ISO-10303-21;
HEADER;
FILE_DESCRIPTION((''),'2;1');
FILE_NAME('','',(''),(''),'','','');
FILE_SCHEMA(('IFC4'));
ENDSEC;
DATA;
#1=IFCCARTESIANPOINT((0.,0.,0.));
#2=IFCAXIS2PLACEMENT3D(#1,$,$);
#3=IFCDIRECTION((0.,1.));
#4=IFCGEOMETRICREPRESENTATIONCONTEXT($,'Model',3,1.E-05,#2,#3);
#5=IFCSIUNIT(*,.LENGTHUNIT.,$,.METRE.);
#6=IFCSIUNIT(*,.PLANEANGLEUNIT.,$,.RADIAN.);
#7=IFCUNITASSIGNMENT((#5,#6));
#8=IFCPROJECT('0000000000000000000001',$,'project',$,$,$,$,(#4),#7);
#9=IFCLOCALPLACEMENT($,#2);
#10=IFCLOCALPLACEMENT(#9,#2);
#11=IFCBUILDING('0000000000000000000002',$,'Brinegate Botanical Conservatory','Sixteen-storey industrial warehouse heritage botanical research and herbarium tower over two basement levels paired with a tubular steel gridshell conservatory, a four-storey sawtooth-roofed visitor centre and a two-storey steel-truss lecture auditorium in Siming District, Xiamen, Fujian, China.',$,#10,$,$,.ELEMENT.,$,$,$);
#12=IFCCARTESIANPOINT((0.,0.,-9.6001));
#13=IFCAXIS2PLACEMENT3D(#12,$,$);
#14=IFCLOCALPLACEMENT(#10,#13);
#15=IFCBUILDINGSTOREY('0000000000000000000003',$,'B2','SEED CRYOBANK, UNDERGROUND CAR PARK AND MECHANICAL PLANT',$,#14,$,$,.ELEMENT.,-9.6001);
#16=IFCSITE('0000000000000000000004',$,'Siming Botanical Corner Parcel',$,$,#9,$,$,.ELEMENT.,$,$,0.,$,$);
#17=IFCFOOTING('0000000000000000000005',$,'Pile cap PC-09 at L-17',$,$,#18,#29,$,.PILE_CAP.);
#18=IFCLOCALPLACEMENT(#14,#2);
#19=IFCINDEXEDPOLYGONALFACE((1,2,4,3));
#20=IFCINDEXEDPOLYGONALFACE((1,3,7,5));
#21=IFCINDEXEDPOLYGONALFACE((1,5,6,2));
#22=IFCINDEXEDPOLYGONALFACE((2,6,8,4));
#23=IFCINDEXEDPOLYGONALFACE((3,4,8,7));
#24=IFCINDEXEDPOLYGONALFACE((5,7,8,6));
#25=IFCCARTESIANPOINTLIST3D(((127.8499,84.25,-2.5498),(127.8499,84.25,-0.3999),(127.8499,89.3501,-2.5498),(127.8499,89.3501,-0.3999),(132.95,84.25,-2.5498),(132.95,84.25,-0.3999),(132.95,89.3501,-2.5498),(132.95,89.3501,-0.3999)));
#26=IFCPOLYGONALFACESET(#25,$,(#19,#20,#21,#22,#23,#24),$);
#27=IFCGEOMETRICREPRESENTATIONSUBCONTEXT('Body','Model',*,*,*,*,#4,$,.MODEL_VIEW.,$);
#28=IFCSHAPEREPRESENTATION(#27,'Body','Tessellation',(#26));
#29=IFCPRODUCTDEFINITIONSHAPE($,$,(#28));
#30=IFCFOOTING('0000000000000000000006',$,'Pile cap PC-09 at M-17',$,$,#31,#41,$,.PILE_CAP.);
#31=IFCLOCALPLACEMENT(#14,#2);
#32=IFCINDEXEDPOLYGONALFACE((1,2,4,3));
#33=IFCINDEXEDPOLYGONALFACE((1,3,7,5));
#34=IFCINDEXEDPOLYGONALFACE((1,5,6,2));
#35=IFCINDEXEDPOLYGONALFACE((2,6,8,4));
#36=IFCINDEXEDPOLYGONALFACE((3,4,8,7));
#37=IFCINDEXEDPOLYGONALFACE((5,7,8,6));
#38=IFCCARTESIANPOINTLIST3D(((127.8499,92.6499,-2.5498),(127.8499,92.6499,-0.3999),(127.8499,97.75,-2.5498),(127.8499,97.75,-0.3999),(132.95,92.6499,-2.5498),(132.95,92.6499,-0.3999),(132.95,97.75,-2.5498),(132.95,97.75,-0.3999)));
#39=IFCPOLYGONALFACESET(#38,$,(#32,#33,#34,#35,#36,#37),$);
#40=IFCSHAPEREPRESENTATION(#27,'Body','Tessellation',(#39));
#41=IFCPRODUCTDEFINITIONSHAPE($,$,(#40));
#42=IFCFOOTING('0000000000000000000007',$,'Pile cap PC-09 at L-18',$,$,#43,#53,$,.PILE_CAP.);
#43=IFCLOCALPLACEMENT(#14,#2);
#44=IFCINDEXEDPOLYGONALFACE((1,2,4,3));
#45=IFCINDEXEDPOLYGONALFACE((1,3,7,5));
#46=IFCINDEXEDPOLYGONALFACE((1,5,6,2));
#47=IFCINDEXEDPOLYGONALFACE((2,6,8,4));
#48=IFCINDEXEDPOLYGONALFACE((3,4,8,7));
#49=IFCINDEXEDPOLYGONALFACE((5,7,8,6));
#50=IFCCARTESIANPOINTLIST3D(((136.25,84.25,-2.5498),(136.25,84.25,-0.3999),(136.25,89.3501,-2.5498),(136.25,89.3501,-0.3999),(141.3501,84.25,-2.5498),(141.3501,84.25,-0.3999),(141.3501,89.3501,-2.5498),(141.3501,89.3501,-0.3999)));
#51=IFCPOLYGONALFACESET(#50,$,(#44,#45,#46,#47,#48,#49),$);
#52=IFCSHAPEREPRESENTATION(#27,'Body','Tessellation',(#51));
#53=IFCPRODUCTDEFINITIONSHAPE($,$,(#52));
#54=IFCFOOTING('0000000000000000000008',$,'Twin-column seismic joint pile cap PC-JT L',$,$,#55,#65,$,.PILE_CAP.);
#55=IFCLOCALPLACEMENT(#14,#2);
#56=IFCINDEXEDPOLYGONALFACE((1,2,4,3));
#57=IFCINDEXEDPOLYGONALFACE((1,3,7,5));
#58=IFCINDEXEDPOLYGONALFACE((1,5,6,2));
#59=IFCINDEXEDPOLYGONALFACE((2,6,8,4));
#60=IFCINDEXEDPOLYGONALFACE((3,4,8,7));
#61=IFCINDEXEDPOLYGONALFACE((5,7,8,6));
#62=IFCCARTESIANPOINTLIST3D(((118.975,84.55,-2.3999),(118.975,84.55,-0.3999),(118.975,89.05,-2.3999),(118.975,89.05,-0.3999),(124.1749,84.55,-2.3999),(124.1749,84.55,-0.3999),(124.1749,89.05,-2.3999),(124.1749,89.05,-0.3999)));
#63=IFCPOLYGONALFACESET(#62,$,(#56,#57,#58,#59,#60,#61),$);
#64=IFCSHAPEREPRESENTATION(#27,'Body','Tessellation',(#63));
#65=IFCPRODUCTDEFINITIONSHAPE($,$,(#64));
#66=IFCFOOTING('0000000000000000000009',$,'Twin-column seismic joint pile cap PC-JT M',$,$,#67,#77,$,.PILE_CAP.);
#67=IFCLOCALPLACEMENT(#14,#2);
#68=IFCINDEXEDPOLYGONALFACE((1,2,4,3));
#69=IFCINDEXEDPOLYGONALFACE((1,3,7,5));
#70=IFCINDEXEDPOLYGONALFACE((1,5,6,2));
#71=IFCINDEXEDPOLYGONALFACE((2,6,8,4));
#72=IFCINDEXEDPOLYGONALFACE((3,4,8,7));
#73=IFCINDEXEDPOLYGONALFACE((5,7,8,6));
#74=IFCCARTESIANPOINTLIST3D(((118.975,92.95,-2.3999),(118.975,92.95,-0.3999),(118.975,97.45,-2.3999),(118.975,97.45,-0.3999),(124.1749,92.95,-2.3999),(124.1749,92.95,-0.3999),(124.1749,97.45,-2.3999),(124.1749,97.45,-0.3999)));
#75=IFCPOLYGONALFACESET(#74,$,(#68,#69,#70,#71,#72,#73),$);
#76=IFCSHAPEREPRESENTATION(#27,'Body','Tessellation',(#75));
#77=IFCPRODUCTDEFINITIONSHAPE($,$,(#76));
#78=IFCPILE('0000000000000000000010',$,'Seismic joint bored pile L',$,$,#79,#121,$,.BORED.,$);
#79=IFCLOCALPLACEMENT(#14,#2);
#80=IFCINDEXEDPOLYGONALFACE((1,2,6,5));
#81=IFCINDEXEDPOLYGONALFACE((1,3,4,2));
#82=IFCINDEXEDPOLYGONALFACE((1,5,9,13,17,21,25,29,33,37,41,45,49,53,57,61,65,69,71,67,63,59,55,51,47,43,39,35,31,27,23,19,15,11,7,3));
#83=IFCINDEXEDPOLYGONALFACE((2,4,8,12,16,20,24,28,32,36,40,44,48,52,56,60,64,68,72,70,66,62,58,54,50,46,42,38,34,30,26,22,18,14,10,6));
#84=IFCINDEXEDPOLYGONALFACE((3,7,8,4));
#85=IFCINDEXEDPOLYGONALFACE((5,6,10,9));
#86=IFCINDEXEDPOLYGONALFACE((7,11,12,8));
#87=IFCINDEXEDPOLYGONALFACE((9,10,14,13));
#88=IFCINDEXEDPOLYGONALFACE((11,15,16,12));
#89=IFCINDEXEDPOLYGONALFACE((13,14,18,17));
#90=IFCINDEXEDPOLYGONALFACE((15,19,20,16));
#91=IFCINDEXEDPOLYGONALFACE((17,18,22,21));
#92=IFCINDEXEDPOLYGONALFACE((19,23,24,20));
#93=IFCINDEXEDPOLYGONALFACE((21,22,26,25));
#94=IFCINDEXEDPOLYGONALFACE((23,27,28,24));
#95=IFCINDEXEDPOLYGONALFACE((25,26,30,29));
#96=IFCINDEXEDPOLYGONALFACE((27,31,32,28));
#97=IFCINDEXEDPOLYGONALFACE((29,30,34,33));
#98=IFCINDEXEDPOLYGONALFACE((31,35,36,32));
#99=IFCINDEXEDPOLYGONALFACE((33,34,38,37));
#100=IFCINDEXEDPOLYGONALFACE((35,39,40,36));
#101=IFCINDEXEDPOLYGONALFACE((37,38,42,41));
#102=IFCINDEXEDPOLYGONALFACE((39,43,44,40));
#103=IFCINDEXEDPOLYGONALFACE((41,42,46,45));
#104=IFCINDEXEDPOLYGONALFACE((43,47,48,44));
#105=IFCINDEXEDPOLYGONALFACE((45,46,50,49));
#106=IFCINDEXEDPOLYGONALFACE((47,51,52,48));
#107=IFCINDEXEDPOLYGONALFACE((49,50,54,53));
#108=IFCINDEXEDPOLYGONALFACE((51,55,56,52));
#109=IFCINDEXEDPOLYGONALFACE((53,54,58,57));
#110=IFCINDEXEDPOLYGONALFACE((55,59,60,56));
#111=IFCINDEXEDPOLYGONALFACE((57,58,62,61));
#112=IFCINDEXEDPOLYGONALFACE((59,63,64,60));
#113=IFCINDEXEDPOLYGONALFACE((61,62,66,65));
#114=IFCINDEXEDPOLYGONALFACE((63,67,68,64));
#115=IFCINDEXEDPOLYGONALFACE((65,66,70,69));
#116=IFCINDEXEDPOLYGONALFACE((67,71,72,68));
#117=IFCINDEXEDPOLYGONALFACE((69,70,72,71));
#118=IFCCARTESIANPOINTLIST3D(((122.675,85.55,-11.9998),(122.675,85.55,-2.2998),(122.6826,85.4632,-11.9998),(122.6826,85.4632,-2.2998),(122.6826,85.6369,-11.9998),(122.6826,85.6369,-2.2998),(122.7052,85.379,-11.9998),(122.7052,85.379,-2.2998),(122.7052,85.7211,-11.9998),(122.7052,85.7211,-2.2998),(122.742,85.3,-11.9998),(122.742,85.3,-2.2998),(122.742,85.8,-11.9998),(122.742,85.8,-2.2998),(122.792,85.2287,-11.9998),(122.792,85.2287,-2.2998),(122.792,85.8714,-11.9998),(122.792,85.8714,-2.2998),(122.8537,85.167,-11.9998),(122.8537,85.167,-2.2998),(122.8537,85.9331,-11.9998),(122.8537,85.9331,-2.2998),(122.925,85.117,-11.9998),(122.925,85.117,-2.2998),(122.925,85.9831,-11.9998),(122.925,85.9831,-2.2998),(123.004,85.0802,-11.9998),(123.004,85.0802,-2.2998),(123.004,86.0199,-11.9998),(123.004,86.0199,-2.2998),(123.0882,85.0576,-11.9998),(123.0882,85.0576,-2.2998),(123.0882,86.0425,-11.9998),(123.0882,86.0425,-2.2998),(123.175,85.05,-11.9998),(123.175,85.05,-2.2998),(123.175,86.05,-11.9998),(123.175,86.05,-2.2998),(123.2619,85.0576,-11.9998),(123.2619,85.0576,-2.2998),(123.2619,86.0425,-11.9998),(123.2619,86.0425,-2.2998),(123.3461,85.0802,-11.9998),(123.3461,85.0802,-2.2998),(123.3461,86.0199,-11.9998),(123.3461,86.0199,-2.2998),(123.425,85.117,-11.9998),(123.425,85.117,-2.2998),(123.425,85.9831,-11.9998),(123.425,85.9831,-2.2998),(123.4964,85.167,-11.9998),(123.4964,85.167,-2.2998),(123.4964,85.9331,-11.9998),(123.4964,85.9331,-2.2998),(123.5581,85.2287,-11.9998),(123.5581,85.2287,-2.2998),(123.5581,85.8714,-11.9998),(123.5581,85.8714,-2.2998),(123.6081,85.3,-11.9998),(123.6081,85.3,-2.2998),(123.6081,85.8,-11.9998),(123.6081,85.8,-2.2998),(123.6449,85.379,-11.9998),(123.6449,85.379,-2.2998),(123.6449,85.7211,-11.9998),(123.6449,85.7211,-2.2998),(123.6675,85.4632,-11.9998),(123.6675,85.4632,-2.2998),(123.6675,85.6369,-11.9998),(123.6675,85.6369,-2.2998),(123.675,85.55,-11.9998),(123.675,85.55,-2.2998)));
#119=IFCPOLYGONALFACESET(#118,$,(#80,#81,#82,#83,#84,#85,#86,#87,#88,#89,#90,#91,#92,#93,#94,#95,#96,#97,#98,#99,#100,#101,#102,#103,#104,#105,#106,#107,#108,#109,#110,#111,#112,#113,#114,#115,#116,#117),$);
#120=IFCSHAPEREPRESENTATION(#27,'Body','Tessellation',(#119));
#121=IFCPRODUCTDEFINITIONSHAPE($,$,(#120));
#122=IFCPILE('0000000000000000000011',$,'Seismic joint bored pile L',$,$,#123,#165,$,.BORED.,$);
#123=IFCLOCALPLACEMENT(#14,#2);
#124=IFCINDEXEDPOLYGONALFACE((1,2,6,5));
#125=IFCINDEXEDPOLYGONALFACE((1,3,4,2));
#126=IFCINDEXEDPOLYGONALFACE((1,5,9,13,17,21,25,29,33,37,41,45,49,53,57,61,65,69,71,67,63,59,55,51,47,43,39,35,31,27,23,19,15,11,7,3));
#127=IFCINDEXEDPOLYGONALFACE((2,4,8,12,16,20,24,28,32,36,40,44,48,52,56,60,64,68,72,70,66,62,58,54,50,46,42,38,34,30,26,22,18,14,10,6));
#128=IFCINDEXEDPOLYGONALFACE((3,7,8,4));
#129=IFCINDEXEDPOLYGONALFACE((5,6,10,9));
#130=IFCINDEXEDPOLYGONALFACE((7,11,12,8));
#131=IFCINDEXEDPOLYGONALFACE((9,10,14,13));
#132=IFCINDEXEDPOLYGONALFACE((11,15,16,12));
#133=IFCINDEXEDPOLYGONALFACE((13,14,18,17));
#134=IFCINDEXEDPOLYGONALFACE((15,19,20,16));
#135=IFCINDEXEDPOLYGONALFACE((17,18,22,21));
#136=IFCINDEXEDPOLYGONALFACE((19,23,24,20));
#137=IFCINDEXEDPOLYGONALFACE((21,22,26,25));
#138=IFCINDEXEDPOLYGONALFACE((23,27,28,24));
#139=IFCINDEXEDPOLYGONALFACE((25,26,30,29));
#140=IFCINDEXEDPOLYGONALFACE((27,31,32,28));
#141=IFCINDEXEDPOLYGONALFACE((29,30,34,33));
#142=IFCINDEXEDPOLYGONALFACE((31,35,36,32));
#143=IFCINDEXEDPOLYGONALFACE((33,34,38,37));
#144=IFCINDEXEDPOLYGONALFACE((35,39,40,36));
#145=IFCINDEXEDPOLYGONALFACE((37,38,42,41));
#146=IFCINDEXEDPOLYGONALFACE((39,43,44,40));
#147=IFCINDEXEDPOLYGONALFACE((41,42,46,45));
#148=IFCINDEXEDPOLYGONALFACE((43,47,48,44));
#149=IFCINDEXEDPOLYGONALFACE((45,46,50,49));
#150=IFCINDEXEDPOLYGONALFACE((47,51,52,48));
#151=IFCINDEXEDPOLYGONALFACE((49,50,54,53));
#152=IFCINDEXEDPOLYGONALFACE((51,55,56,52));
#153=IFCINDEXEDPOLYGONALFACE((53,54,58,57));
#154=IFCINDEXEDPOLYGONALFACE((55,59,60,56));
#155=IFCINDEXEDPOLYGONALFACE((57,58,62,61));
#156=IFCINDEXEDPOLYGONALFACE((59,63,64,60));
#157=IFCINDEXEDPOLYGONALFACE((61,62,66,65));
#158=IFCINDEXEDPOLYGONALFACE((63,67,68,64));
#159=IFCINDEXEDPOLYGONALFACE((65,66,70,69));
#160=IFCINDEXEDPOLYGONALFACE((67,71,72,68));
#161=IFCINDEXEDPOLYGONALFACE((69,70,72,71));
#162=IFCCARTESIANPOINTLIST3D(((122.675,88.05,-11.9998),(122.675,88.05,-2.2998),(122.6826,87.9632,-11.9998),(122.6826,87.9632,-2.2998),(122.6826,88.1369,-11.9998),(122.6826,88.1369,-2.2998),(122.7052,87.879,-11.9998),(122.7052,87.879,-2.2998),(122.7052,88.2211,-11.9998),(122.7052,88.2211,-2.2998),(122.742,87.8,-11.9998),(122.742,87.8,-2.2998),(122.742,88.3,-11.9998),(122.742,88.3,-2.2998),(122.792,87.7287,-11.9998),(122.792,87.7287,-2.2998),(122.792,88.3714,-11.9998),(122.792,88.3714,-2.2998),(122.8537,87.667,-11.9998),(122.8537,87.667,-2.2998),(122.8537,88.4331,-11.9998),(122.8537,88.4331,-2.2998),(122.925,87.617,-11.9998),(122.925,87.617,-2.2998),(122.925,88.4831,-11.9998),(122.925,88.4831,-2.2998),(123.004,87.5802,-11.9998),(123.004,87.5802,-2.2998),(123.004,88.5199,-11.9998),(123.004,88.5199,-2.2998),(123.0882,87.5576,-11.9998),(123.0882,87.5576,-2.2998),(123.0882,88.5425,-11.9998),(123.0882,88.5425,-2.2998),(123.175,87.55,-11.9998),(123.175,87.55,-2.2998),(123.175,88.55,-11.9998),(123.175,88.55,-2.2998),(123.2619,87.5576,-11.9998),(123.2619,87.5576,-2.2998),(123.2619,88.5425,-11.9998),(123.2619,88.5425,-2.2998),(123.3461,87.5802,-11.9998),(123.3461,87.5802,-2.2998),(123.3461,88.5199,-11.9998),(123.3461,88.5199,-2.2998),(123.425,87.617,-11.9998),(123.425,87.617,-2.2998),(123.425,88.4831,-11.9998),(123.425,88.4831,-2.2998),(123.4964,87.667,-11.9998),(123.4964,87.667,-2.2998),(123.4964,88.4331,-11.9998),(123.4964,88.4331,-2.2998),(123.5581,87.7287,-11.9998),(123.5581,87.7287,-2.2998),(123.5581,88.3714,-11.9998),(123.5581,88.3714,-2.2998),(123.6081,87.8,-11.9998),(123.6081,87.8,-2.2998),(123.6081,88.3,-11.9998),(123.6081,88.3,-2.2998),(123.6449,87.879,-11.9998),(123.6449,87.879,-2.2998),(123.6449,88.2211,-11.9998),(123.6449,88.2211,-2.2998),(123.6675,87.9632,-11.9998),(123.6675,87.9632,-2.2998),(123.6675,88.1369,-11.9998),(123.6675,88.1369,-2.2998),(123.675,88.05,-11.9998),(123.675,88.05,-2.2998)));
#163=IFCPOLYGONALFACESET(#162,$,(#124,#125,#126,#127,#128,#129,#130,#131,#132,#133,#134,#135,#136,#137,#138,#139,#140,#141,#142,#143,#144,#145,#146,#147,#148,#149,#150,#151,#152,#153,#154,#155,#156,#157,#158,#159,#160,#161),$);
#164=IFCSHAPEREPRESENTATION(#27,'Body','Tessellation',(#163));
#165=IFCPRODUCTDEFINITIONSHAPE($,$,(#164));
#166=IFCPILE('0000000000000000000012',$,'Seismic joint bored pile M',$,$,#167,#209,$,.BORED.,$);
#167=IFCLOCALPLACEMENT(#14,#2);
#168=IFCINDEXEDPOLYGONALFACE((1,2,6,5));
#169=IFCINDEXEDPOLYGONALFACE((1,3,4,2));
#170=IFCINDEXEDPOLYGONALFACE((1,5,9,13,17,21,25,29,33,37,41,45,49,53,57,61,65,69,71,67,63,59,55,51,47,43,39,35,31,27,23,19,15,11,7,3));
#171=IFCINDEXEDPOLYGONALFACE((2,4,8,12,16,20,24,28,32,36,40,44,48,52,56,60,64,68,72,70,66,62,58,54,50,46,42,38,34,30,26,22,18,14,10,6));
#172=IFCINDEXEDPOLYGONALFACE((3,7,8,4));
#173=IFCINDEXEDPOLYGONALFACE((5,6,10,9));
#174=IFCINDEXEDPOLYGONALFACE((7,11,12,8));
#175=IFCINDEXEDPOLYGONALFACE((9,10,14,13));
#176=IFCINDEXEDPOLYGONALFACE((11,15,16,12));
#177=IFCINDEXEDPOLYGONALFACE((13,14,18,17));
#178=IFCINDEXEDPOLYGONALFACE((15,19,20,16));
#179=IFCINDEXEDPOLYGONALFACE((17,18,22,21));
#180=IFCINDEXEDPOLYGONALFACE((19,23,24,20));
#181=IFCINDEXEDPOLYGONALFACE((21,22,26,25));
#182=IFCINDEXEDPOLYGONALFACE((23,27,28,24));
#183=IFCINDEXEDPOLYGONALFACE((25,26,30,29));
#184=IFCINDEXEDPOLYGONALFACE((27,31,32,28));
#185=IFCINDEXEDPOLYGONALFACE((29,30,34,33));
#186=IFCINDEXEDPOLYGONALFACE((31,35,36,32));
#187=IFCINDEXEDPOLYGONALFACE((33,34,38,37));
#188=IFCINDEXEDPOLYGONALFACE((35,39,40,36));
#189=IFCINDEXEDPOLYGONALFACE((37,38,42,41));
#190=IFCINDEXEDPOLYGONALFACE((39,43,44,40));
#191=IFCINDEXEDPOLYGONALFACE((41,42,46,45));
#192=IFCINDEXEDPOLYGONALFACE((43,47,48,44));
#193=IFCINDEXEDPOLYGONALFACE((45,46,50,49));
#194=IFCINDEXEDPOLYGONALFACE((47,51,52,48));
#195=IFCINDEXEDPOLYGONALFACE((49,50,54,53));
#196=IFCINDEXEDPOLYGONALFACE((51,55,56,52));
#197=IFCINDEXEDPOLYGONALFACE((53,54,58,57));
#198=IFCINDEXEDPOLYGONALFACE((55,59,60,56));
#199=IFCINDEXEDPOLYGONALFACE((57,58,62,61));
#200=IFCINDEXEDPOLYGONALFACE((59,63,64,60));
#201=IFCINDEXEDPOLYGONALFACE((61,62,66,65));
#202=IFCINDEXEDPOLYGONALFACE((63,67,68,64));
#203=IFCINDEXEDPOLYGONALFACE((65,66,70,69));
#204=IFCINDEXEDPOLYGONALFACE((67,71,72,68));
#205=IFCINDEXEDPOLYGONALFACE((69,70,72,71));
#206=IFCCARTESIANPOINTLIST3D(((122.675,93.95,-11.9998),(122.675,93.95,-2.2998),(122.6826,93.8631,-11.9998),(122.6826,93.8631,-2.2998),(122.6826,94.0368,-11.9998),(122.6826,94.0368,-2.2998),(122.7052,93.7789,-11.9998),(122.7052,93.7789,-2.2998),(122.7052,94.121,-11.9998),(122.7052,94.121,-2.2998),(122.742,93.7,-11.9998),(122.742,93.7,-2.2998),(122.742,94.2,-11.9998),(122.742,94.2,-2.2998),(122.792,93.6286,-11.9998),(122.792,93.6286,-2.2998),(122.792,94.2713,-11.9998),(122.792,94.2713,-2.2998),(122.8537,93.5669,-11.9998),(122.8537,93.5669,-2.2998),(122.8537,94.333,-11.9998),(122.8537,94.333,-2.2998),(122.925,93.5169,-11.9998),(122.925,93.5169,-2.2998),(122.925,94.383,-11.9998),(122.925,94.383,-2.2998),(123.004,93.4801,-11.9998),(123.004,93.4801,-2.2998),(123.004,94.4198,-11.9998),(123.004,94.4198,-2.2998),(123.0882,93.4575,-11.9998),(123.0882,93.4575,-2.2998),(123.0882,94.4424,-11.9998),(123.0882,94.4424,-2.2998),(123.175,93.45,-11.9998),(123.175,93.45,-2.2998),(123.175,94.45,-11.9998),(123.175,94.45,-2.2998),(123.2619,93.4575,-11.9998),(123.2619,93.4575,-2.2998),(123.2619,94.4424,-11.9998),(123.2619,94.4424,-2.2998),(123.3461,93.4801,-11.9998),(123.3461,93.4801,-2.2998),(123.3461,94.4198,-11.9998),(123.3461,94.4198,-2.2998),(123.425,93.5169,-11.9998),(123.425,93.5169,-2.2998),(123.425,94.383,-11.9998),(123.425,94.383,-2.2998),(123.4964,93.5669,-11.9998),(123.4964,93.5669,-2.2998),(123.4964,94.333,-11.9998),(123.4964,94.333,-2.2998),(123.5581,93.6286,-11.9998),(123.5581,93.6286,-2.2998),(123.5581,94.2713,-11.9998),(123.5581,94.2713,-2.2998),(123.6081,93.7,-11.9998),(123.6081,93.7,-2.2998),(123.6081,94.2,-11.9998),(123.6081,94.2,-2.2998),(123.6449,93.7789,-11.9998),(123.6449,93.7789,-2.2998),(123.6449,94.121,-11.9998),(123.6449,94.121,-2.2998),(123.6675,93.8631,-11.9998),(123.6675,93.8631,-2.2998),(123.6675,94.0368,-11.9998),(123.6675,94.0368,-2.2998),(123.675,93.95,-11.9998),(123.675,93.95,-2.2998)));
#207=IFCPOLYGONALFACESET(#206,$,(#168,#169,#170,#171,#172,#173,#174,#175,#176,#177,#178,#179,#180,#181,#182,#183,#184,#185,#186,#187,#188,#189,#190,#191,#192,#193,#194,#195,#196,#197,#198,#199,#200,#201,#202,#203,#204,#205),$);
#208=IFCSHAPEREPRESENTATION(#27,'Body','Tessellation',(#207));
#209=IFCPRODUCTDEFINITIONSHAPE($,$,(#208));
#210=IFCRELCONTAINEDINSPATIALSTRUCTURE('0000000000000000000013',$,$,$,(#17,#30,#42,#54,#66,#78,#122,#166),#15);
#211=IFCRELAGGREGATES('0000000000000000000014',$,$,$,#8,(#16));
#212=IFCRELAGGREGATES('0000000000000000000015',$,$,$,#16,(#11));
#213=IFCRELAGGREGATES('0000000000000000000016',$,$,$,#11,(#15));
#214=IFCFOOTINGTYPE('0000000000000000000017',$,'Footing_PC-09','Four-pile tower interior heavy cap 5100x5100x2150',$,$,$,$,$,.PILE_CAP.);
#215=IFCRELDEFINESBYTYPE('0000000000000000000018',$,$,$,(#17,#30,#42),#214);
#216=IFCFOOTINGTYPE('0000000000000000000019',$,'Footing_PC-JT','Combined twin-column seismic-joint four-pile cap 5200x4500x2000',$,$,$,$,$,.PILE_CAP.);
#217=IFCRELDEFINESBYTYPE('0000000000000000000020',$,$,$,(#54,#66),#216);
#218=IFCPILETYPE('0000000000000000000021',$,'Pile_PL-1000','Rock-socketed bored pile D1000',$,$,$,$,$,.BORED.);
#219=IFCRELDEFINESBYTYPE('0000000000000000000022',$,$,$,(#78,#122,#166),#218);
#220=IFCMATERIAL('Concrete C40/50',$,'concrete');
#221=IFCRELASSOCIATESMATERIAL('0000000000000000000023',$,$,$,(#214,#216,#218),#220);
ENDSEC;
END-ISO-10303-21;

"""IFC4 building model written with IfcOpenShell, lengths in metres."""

from ifc_helpers import new_model, si_unit, direction, frame, origin, origin_2d, place, context, subcontext, project, spatial, rectangle, circle, extrude, material, material_profile, profile_set, type_object, element, save


model = new_model("IFC4")

# Units and contexts
model_context = context("Model", 3, precision=1e-05, world=origin(), true_north=direction((0.0, 1.0)))
body_context = subcontext(model_context, "Body", "Model", "MODEL_VIEW")
ifc_project = project(units=[si_unit("LENGTHUNIT", "METRE"), si_unit("PLANEANGLEUNIT", "RADIAN")], contexts=[model_context])

# Site, building, storey
site_placement = place(None, origin())
site = spatial("IfcSite", under=ifc_project, at=site_placement, Name="Siming Botanical Corner Parcel", CompositionType="ELEMENT", RefElevation=0.0)
building_placement = place(site_placement, origin())
building = spatial("IfcBuilding", under=site, at=building_placement, Name="Brinegate Botanical Conservatory", Description="Sixteen-storey industrial warehouse heritage botanical research and herbarium tower over two basement levels paired with a tubular steel gridshell conservatory, a four-storey sawtooth-roofed visitor centre and a two-storey steel-truss lecture auditorium in Siming District, Xiamen, Fujian, China.", CompositionType="ELEMENT")
storey_placement = place(building_placement, frame((0.0, 0.0, -9.6001)))
storey = spatial("IfcBuildingStorey", under=building, at=storey_placement, Name="B2", Description="SEED CRYOBANK, UNDERGROUND CAR PARK AND MECHANICAL PLANT", CompositionType="ELEMENT", Elevation=-9.6001)

# Footings
ifc_material_1 = material(Name="Concrete C40/50", Category="concrete")
footing_type_1 = type_object("IfcFootingType", Name="Footing_PC-09", Description="Four-pile tower interior heavy cap 5100x5100x2150", PredefinedType="PILE_CAP", material=ifc_material_1)
for number, where, z_axis, x_axis, name in (
    (1, (130.3999, 86.8, -2.5498), (0.0, 0.0, 1.0), (1.0, 0.0, 0.0), "Pile cap PC-09 at L-17"),
    (2, (130.3999, 95.2, -2.5498), (0.0, 0.0, 1.0), (1.0, 0.0, 0.0), "Pile cap PC-09 at M-17"),
    (3, (138.8, 86.8, -2.5498), (0.0, 0.0, 1.0), (1.0, 0.0, 0.0), "Pile cap PC-09 at L-18"),
):
    element("IfcFooting", number, at=place(storey_placement, frame(where, z_axis=z_axis, x_axis=x_axis)), inside=storey, type_object=footing_type_1, Name=name, PredefinedType="PILE_CAP", context=body_context, shape_type="SweptSolid", body=[
        extrude(rectangle(XDim=5.1001, YDim=5.1001, at=origin_2d()), origin(), (0.0, 0.0, 1.0), 2.1499),
    ])
footing_type_2 = type_object("IfcFootingType", Name="Footing_PC-JT", Description="Combined twin-column seismic-joint four-pile cap 5200x4500x2000", PredefinedType="PILE_CAP", material=ifc_material_1)
for number, where, z_axis, x_axis, name in (
    (4, (121.575, 86.8, -2.3999), (0.0, 0.0, 1.0), (1.0, 0.0, 0.0), "Twin-column seismic joint pile cap PC-JT L"),
    (5, (121.575, 95.2, -2.3999), (0.0, 0.0, 1.0), (1.0, 0.0, 0.0), "Twin-column seismic joint pile cap PC-JT M"),
):
    element("IfcFooting", number, at=place(storey_placement, frame(where, z_axis=z_axis, x_axis=x_axis)), inside=storey, type_object=footing_type_2, Name=name, PredefinedType="PILE_CAP", context=body_context, shape_type="SweptSolid", body=[
        extrude(rectangle(XDim=5.2, YDim=4.5, at=origin_2d()), origin(), (0.0, 0.0, 1.0), 2.0),
    ])

# Piles
ifc_material_profile_1 = material_profile(ifc_material_1, circle(Radius=0.5, at=origin_2d()), Name="PILE D1000")
ifc_profile_set_1 = profile_set([ifc_material_profile_1], Name="Concrete C40/50")
pile_type = type_object("IfcPileType", Name="Pile_PL-1000", Description="Rock-socketed bored pile D1000", PredefinedType="BORED", material=ifc_profile_set_1)
for number, where, z_axis, x_axis, name in (
    (6, (123.175, 85.55, -2.2998), (0.0, 0.0, -1.0), (1.0, 0.0, 0.0), "Seismic joint bored pile L"),
    (7, (123.175, 88.05, -2.2998), (0.0, 0.0, -1.0), (1.0, 0.0, 0.0), "Seismic joint bored pile L"),
    (8, (123.175, 93.95, -2.2998), (0.0, 0.0, -1.0), (1.0, 0.0, 0.0), "Seismic joint bored pile M"),
):
    element("IfcPile", number, at=place(storey_placement, frame(where, z_axis=z_axis, x_axis=x_axis)), inside=storey, type_object=pile_type, Name=name, PredefinedType="BORED", context=body_context, shape_type="SweptSolid", body=[
        extrude(circle(Radius=0.5, at=origin_2d()), origin(), (0.0, 0.0, 1.0), 9.7),
    ])

save(model, "model.ifc")
